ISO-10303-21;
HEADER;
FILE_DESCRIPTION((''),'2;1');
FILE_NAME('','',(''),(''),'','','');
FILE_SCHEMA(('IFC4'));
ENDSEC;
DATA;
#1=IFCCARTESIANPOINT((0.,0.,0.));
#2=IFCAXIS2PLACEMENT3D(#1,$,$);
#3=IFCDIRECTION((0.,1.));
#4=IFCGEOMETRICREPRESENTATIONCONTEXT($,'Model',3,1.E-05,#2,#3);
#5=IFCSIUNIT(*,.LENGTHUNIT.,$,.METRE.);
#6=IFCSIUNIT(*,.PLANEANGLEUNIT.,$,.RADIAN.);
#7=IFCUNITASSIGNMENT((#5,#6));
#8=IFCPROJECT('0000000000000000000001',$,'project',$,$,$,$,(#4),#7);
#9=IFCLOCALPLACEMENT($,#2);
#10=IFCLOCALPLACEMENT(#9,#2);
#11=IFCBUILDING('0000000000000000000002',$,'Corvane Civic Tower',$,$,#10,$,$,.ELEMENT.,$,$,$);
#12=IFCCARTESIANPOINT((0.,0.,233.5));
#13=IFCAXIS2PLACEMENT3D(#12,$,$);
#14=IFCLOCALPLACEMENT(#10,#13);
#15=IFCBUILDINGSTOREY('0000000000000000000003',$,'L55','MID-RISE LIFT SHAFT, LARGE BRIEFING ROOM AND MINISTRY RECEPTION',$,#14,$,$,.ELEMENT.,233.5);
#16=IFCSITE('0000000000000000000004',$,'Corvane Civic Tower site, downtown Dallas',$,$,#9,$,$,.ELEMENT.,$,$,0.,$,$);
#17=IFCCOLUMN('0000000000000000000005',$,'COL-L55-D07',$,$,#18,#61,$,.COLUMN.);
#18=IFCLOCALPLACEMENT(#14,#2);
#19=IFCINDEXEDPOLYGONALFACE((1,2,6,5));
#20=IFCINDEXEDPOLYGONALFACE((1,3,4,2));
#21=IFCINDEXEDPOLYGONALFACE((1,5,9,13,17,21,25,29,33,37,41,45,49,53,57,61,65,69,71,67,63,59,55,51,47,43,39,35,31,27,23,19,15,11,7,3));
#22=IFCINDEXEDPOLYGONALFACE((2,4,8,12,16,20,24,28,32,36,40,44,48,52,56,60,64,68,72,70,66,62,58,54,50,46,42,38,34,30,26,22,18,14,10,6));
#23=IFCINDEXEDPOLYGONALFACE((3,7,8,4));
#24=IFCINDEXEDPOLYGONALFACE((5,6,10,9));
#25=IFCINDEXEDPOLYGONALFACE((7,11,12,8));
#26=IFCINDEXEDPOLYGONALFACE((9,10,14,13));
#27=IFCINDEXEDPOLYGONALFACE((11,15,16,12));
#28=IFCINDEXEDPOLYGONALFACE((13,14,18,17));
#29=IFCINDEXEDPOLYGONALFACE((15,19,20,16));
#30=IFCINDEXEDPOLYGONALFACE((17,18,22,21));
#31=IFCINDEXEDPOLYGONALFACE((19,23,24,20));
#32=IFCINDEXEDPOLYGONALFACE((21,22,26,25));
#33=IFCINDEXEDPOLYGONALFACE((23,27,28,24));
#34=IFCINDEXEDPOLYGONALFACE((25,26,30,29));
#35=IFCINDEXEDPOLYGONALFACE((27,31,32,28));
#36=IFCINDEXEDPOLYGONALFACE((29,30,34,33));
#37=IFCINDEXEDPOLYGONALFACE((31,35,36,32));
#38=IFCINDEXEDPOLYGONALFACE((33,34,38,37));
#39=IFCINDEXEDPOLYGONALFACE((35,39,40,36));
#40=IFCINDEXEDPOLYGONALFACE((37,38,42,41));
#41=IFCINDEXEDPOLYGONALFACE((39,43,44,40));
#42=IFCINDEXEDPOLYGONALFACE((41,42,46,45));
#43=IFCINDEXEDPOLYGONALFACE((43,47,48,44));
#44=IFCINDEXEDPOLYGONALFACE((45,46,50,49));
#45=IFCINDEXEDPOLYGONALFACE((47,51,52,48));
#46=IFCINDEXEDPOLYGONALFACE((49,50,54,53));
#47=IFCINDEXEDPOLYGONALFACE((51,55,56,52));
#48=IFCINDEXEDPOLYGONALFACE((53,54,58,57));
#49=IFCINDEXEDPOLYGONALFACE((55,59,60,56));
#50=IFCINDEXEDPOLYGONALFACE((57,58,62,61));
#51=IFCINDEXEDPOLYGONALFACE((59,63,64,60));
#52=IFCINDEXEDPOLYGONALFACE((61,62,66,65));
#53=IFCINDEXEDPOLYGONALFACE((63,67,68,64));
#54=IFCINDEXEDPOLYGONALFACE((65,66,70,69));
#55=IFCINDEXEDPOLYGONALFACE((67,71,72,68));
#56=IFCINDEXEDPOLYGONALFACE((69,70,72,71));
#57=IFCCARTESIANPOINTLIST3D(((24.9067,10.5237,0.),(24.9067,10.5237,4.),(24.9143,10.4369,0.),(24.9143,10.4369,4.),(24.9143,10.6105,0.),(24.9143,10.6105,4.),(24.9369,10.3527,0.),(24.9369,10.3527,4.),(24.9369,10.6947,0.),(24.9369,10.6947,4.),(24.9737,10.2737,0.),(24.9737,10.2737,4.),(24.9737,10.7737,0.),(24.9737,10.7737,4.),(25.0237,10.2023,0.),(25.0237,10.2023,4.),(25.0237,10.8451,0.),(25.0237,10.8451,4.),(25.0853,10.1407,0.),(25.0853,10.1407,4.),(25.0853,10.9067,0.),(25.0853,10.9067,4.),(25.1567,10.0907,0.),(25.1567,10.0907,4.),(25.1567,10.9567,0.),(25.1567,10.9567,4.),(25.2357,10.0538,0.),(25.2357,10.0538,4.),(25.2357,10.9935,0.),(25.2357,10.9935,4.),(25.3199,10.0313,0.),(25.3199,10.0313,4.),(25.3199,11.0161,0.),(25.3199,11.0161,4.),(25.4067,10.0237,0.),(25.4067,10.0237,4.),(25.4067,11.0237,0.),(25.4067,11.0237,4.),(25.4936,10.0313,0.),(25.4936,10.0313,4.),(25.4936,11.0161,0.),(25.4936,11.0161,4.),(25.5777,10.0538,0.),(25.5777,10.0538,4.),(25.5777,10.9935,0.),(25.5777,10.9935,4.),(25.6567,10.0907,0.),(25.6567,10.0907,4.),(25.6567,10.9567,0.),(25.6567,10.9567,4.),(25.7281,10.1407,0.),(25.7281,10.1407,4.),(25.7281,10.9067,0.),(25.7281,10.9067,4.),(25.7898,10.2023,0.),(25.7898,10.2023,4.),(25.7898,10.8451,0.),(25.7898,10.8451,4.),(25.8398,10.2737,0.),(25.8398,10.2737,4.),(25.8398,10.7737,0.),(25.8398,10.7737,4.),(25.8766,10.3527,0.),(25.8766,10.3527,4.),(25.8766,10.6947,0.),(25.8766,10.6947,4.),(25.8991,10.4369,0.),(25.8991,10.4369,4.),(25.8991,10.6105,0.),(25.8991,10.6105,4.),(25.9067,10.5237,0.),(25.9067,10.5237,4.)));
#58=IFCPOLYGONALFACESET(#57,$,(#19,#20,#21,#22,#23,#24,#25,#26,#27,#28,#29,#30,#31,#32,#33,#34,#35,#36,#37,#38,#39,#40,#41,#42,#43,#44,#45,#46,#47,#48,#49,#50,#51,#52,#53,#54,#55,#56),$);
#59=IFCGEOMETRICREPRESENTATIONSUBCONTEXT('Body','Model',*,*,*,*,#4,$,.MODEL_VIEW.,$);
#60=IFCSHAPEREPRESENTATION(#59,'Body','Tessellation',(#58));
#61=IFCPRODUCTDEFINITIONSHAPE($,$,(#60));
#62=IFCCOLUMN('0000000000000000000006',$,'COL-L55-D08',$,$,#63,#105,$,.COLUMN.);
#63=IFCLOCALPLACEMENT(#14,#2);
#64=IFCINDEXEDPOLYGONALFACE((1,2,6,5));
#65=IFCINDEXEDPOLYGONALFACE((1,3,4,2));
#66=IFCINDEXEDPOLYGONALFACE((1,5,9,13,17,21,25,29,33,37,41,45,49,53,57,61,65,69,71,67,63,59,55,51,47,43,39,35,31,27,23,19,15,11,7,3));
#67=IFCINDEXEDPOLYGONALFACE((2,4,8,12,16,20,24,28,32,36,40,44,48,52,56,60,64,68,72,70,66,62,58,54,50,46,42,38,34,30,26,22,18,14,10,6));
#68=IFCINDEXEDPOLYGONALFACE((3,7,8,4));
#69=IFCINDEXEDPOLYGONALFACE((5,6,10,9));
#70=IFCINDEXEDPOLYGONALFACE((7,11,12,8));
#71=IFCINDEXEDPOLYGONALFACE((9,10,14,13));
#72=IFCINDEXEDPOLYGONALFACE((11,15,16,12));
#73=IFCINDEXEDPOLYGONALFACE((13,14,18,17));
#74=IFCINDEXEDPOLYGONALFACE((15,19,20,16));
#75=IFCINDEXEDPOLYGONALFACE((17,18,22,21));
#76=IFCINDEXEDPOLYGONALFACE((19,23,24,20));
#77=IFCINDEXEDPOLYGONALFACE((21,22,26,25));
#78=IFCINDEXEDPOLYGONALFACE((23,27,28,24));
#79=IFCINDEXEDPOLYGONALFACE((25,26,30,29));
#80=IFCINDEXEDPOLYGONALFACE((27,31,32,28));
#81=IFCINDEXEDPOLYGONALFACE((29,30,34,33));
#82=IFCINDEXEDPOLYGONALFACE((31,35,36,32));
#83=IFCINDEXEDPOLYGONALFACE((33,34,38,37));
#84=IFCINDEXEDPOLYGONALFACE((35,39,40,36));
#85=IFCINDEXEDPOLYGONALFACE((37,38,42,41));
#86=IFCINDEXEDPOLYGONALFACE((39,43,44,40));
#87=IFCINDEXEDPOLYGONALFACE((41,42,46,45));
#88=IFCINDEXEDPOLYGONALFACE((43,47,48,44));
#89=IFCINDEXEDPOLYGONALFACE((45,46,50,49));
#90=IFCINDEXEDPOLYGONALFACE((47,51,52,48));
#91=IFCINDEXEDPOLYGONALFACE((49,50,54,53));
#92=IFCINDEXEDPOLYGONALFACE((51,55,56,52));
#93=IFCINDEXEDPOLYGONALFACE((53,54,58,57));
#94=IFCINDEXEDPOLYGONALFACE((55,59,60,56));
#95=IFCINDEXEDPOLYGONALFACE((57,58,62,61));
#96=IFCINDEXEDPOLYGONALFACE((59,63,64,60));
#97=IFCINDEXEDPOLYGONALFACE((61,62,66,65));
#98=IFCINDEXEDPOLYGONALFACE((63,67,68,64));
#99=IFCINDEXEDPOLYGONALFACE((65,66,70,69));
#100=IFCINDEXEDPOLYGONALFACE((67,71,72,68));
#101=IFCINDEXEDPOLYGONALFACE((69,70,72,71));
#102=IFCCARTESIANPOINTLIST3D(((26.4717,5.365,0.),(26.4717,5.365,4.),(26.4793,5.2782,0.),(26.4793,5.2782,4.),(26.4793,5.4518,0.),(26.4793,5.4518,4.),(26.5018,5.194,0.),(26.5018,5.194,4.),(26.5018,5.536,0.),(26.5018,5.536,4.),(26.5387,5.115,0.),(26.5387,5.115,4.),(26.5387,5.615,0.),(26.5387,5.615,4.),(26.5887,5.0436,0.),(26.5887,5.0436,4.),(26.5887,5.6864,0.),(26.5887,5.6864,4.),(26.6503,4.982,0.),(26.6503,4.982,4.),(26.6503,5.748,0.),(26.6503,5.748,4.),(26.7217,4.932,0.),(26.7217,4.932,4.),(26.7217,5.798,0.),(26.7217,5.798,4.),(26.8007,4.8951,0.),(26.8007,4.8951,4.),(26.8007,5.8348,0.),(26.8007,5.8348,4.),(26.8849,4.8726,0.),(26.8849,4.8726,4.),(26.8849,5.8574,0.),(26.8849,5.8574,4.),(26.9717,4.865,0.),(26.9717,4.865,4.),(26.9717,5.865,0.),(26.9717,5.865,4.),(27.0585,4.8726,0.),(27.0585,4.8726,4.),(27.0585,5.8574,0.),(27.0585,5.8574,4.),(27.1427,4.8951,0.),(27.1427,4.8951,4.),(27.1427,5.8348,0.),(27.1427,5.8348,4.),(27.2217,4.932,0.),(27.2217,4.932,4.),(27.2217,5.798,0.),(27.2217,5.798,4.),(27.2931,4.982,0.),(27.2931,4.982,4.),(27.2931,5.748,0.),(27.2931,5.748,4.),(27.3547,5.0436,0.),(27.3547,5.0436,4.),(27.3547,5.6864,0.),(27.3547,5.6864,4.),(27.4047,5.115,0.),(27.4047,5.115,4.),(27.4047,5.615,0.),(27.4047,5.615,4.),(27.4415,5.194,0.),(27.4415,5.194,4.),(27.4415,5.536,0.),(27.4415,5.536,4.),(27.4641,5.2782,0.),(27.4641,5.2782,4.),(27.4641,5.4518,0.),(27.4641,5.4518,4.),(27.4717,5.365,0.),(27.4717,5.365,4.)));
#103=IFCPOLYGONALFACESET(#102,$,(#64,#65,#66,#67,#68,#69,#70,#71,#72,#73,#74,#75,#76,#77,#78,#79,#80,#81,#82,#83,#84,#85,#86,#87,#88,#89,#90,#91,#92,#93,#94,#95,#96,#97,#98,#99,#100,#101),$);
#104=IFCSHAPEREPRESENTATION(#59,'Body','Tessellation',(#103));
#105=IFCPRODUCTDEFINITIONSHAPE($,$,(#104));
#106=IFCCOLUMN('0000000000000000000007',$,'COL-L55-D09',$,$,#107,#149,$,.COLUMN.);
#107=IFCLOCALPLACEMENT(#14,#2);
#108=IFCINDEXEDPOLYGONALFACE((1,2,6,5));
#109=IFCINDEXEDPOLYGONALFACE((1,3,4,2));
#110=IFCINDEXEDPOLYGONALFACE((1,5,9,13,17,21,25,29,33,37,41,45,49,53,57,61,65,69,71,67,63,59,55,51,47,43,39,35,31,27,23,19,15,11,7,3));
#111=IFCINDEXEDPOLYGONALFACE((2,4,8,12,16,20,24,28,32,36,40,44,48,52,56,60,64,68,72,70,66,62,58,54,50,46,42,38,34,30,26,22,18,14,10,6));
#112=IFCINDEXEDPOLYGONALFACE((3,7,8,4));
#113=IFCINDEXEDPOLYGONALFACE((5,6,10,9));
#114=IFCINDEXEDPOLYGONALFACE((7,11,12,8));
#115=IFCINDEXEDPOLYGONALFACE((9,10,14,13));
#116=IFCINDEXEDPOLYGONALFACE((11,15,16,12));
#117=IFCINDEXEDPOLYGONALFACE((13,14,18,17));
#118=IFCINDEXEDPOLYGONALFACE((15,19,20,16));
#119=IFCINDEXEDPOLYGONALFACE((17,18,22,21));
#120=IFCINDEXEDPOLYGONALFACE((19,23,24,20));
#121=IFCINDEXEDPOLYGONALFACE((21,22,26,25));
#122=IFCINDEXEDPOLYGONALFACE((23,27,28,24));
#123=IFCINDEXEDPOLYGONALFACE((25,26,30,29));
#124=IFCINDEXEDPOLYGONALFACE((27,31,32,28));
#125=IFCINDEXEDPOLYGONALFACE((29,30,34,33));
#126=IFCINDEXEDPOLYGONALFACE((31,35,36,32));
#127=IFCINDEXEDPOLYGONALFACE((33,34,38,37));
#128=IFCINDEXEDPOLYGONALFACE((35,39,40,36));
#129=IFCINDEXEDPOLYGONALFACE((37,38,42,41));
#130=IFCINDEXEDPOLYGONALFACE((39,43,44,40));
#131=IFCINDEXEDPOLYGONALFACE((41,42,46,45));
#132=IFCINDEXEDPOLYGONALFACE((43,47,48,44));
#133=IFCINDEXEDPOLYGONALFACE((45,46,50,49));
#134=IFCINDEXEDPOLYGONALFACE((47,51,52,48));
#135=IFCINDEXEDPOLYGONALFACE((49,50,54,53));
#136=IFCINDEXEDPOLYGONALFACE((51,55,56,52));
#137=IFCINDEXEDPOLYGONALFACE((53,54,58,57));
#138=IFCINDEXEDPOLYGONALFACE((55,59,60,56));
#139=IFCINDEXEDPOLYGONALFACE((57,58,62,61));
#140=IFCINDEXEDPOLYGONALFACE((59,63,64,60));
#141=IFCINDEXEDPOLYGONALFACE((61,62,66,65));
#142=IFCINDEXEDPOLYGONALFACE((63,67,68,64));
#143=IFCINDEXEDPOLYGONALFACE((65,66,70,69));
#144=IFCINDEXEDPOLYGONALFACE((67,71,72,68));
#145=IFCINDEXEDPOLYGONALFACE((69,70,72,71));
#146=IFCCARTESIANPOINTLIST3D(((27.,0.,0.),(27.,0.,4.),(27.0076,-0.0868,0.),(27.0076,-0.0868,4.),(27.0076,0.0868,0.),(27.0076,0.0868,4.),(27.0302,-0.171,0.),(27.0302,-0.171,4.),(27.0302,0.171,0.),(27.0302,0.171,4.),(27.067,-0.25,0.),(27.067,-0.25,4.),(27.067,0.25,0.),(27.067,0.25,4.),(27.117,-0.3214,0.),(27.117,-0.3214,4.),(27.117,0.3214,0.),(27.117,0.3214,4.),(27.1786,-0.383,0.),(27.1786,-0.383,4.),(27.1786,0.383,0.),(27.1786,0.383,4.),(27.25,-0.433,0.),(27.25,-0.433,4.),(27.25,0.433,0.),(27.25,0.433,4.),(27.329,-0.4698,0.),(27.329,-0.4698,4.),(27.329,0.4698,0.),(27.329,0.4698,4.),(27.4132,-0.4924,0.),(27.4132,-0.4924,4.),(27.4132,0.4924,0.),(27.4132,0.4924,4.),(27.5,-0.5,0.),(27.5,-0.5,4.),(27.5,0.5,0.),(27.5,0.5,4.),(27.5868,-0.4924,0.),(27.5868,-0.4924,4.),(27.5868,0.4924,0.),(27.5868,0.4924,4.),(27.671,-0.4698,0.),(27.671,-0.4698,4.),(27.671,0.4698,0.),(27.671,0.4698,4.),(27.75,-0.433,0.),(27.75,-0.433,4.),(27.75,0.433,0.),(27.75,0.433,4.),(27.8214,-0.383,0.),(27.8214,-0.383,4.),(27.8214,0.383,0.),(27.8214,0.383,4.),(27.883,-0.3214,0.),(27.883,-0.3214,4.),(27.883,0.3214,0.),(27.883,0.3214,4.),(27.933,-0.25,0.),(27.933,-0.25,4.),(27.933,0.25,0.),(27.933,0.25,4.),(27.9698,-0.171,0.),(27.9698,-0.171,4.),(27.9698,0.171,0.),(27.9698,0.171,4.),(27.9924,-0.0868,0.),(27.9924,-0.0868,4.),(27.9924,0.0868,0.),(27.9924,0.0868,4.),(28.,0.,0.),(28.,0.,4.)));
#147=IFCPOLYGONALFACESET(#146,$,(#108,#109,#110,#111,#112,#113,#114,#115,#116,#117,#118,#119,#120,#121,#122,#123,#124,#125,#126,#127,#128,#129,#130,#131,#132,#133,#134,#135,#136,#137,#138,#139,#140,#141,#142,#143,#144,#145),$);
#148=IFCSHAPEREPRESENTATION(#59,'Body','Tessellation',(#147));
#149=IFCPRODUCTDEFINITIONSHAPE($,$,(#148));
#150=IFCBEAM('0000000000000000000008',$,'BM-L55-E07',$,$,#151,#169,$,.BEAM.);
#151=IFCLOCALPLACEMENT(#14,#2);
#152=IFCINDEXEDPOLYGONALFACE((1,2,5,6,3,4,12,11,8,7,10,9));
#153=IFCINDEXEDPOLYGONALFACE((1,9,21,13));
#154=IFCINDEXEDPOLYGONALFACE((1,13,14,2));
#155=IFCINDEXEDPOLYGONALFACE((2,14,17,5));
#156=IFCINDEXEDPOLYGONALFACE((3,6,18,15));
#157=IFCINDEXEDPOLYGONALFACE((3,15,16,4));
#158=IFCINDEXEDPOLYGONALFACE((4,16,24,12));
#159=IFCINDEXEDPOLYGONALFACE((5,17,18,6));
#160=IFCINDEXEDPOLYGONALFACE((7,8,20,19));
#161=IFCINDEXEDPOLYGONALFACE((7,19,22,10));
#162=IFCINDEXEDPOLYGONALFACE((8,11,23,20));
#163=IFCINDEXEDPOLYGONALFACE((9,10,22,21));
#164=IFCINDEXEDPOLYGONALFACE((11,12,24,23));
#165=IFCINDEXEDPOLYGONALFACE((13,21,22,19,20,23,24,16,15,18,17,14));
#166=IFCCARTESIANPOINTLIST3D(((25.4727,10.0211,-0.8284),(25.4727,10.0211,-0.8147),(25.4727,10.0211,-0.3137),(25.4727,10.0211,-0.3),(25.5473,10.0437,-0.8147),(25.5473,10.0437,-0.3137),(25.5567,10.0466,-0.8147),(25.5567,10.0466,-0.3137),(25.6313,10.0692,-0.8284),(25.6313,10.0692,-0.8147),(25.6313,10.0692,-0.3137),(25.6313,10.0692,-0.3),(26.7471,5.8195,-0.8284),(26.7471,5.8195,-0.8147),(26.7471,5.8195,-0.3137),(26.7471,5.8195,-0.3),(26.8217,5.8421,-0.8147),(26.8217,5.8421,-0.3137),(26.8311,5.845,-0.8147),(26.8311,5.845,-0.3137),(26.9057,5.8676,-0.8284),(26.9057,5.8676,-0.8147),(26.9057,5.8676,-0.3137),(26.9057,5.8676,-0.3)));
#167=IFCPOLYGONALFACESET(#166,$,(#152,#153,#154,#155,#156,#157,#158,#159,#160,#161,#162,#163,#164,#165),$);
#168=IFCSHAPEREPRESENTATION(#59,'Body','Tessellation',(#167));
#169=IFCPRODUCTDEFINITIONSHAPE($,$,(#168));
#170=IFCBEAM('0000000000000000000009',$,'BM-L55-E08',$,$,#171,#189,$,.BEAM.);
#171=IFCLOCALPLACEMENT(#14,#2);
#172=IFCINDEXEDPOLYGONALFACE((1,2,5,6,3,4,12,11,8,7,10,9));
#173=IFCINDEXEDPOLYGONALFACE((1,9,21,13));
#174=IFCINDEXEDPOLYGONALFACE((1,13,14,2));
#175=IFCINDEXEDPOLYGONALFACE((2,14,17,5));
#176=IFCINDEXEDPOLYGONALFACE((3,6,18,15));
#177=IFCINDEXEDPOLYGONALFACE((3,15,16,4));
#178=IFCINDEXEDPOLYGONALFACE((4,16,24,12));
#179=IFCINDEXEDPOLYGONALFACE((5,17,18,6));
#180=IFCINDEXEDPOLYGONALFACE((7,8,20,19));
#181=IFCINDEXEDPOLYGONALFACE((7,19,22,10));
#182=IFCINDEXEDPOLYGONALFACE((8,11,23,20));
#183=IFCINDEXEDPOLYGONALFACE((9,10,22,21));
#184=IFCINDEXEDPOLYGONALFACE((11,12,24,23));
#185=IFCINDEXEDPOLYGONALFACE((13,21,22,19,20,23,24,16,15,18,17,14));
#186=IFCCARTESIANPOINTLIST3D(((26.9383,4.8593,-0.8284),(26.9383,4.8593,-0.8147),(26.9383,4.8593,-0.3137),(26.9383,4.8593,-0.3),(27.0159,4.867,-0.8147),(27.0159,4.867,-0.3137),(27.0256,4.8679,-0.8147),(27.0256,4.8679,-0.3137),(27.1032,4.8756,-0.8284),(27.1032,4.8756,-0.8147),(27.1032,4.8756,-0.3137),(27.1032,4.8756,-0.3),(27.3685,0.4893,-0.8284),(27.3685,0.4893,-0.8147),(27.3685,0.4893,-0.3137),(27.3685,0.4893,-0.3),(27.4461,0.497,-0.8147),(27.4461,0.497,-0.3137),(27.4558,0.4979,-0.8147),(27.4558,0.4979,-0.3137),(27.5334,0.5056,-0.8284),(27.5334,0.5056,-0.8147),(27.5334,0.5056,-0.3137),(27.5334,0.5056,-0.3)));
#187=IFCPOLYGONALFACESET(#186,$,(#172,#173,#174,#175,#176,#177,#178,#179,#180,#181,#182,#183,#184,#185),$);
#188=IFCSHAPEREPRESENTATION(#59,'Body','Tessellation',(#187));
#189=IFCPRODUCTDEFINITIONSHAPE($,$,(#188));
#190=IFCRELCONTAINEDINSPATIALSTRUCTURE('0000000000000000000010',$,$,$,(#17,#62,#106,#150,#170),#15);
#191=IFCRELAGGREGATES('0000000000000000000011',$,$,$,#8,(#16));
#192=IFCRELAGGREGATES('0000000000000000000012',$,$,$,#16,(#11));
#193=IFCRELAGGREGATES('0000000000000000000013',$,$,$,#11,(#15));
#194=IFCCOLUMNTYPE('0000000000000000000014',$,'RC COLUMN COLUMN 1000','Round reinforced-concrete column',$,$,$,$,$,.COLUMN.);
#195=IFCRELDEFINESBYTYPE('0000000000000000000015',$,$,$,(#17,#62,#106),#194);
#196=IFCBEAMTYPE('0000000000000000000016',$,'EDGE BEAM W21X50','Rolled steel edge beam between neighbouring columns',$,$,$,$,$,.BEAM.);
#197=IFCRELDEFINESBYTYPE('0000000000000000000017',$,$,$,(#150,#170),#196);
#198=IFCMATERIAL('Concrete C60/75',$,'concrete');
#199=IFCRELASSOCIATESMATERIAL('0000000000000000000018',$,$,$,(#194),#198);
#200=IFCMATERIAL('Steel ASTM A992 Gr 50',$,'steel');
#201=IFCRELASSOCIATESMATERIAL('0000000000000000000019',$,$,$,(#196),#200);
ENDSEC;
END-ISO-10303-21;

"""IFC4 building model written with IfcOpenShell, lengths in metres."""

from ifc_helpers import new_model, si_unit, direction, frame, origin, origin_2d, place, context, subcontext, project, spatial, circle, i_section, extrude, material, material_profile, profile_set, type_object, element, save


model = new_model("IFC4")

# Units and contexts
model_context = context("Model", 3, precision=1e-05, world=origin(), true_north=direction((0.0, 1.0)))
body_context = subcontext(model_context, "Body", "Model", "MODEL_VIEW")
ifc_project = project(units=[si_unit("LENGTHUNIT", "METRE"), si_unit("PLANEANGLEUNIT", "RADIAN")], contexts=[model_context])

# Site, building, storey
site_placement = place(None, origin())
site = spatial("IfcSite", under=ifc_project, at=site_placement, Name="Corvane Civic Tower site, downtown Dallas", CompositionType="ELEMENT", RefElevation=0.0)
building_placement = place(site_placement, origin())
building = spatial("IfcBuilding", under=site, at=building_placement, Name="Corvane Civic Tower", CompositionType="ELEMENT")
storey_placement = place(building_placement, frame((0.0, 0.0, 233.5)))
storey = spatial("IfcBuildingStorey", under=building, at=storey_placement, Name="L55", Description="MID-RISE LIFT SHAFT, LARGE BRIEFING ROOM AND MINISTRY RECEPTION", CompositionType="ELEMENT", Elevation=233.5)

# Columns
ifc_material_1 = material(Name="Concrete C60/75", Category="concrete")
ifc_material_profile_1 = material_profile(ifc_material_1, circle(Radius=0.5, at=origin_2d()), Name="COLUMN 1000")
ifc_profile_set_1 = profile_set([ifc_material_profile_1], Name="Concrete C60/75")
column_type = type_object("IfcColumnType", Name="RC COLUMN COLUMN 1000", Description="Round reinforced-concrete column", PredefinedType="COLUMN", material=ifc_profile_set_1)
for number, where, z_axis, x_axis, name in (
    (1, (25.4067, 10.5237, 0.0), (0.0, 0.0, 1.0), (1.0, 0.0, 0.0), "COL-L55-D07"),
    (2, (26.9717, 5.365, 0.0), (0.0, 0.0, 1.0), (1.0, 0.0, 0.0), "COL-L55-D08"),
    (3, (27.5, 0.0, 0.0), (0.0, 0.0, 1.0), (1.0, 0.0, 0.0), "COL-L55-D09"),
):
    element("IfcColumn", number, at=place(storey_placement, frame(where, z_axis=z_axis, x_axis=x_axis)), inside=storey, type_object=column_type, Name=name, PredefinedType="COLUMN", context=body_context, shape_type="SweptSolid", body=[
        extrude(circle(Radius=0.5, at=origin_2d()), origin(), (0.0, 0.0, 1.0), 4.0),
    ])

# Beams
ifc_material_2 = material(Name="Steel ASTM A992 Gr 50", Category="steel")
ifc_material_profile_2 = material_profile(ifc_material_2, i_section(OverallWidth=0.1658, OverallDepth=0.5283, WebThickness=0.0098, FlangeThickness=0.0137, at=origin_2d()), Name="W21X50")
ifc_profile_set_2 = profile_set([ifc_material_profile_2], Name="Steel ASTM A992 Gr 50")
beam_type_1 = type_object("IfcBeamType", Name="EDGE BEAM W21X50", Description="Rolled steel edge beam between neighbouring columns", PredefinedType="BEAM", material=ifc_profile_set_2)
beam_1_placement = place(storey_placement, frame((25.552, 10.0452, -0.5642), z_axis=(0.290254, -0.95695, 0.0), x_axis=(0.95695, 0.290254, 0.0)))
element("IfcBeam", 4, at=beam_1_placement, inside=storey, type_object=beam_type_1, Name="BM-L55-E07", PredefinedType="BEAM", context=body_context, shape_type="SweptSolid", body=[
    extrude(i_section(OverallWidth=0.1658, OverallDepth=0.5283, WebThickness=0.0098, FlangeThickness=0.0137, at=origin_2d()), origin(), (0.0, 0.0, 1.0), 4.3906),
])
beam_2_placement = place(storey_placement, frame((27.0208, 4.8674, -0.5642), z_axis=(0.097968, -0.99519, 0.0), x_axis=(0.99519, 0.097968, 0.0)))
element("IfcBeam", 5, at=beam_2_placement, inside=storey, type_object=beam_type_1, Name="BM-L55-E08", PredefinedType="BEAM", context=body_context, shape_type="SweptSolid", body=[
    extrude(i_section(OverallWidth=0.1658, OverallDepth=0.5283, WebThickness=0.0098, FlangeThickness=0.0137, at=origin_2d()), origin(), (0.0, 0.0, 1.0), 4.3911),
])

save(model, "model.ifc")
